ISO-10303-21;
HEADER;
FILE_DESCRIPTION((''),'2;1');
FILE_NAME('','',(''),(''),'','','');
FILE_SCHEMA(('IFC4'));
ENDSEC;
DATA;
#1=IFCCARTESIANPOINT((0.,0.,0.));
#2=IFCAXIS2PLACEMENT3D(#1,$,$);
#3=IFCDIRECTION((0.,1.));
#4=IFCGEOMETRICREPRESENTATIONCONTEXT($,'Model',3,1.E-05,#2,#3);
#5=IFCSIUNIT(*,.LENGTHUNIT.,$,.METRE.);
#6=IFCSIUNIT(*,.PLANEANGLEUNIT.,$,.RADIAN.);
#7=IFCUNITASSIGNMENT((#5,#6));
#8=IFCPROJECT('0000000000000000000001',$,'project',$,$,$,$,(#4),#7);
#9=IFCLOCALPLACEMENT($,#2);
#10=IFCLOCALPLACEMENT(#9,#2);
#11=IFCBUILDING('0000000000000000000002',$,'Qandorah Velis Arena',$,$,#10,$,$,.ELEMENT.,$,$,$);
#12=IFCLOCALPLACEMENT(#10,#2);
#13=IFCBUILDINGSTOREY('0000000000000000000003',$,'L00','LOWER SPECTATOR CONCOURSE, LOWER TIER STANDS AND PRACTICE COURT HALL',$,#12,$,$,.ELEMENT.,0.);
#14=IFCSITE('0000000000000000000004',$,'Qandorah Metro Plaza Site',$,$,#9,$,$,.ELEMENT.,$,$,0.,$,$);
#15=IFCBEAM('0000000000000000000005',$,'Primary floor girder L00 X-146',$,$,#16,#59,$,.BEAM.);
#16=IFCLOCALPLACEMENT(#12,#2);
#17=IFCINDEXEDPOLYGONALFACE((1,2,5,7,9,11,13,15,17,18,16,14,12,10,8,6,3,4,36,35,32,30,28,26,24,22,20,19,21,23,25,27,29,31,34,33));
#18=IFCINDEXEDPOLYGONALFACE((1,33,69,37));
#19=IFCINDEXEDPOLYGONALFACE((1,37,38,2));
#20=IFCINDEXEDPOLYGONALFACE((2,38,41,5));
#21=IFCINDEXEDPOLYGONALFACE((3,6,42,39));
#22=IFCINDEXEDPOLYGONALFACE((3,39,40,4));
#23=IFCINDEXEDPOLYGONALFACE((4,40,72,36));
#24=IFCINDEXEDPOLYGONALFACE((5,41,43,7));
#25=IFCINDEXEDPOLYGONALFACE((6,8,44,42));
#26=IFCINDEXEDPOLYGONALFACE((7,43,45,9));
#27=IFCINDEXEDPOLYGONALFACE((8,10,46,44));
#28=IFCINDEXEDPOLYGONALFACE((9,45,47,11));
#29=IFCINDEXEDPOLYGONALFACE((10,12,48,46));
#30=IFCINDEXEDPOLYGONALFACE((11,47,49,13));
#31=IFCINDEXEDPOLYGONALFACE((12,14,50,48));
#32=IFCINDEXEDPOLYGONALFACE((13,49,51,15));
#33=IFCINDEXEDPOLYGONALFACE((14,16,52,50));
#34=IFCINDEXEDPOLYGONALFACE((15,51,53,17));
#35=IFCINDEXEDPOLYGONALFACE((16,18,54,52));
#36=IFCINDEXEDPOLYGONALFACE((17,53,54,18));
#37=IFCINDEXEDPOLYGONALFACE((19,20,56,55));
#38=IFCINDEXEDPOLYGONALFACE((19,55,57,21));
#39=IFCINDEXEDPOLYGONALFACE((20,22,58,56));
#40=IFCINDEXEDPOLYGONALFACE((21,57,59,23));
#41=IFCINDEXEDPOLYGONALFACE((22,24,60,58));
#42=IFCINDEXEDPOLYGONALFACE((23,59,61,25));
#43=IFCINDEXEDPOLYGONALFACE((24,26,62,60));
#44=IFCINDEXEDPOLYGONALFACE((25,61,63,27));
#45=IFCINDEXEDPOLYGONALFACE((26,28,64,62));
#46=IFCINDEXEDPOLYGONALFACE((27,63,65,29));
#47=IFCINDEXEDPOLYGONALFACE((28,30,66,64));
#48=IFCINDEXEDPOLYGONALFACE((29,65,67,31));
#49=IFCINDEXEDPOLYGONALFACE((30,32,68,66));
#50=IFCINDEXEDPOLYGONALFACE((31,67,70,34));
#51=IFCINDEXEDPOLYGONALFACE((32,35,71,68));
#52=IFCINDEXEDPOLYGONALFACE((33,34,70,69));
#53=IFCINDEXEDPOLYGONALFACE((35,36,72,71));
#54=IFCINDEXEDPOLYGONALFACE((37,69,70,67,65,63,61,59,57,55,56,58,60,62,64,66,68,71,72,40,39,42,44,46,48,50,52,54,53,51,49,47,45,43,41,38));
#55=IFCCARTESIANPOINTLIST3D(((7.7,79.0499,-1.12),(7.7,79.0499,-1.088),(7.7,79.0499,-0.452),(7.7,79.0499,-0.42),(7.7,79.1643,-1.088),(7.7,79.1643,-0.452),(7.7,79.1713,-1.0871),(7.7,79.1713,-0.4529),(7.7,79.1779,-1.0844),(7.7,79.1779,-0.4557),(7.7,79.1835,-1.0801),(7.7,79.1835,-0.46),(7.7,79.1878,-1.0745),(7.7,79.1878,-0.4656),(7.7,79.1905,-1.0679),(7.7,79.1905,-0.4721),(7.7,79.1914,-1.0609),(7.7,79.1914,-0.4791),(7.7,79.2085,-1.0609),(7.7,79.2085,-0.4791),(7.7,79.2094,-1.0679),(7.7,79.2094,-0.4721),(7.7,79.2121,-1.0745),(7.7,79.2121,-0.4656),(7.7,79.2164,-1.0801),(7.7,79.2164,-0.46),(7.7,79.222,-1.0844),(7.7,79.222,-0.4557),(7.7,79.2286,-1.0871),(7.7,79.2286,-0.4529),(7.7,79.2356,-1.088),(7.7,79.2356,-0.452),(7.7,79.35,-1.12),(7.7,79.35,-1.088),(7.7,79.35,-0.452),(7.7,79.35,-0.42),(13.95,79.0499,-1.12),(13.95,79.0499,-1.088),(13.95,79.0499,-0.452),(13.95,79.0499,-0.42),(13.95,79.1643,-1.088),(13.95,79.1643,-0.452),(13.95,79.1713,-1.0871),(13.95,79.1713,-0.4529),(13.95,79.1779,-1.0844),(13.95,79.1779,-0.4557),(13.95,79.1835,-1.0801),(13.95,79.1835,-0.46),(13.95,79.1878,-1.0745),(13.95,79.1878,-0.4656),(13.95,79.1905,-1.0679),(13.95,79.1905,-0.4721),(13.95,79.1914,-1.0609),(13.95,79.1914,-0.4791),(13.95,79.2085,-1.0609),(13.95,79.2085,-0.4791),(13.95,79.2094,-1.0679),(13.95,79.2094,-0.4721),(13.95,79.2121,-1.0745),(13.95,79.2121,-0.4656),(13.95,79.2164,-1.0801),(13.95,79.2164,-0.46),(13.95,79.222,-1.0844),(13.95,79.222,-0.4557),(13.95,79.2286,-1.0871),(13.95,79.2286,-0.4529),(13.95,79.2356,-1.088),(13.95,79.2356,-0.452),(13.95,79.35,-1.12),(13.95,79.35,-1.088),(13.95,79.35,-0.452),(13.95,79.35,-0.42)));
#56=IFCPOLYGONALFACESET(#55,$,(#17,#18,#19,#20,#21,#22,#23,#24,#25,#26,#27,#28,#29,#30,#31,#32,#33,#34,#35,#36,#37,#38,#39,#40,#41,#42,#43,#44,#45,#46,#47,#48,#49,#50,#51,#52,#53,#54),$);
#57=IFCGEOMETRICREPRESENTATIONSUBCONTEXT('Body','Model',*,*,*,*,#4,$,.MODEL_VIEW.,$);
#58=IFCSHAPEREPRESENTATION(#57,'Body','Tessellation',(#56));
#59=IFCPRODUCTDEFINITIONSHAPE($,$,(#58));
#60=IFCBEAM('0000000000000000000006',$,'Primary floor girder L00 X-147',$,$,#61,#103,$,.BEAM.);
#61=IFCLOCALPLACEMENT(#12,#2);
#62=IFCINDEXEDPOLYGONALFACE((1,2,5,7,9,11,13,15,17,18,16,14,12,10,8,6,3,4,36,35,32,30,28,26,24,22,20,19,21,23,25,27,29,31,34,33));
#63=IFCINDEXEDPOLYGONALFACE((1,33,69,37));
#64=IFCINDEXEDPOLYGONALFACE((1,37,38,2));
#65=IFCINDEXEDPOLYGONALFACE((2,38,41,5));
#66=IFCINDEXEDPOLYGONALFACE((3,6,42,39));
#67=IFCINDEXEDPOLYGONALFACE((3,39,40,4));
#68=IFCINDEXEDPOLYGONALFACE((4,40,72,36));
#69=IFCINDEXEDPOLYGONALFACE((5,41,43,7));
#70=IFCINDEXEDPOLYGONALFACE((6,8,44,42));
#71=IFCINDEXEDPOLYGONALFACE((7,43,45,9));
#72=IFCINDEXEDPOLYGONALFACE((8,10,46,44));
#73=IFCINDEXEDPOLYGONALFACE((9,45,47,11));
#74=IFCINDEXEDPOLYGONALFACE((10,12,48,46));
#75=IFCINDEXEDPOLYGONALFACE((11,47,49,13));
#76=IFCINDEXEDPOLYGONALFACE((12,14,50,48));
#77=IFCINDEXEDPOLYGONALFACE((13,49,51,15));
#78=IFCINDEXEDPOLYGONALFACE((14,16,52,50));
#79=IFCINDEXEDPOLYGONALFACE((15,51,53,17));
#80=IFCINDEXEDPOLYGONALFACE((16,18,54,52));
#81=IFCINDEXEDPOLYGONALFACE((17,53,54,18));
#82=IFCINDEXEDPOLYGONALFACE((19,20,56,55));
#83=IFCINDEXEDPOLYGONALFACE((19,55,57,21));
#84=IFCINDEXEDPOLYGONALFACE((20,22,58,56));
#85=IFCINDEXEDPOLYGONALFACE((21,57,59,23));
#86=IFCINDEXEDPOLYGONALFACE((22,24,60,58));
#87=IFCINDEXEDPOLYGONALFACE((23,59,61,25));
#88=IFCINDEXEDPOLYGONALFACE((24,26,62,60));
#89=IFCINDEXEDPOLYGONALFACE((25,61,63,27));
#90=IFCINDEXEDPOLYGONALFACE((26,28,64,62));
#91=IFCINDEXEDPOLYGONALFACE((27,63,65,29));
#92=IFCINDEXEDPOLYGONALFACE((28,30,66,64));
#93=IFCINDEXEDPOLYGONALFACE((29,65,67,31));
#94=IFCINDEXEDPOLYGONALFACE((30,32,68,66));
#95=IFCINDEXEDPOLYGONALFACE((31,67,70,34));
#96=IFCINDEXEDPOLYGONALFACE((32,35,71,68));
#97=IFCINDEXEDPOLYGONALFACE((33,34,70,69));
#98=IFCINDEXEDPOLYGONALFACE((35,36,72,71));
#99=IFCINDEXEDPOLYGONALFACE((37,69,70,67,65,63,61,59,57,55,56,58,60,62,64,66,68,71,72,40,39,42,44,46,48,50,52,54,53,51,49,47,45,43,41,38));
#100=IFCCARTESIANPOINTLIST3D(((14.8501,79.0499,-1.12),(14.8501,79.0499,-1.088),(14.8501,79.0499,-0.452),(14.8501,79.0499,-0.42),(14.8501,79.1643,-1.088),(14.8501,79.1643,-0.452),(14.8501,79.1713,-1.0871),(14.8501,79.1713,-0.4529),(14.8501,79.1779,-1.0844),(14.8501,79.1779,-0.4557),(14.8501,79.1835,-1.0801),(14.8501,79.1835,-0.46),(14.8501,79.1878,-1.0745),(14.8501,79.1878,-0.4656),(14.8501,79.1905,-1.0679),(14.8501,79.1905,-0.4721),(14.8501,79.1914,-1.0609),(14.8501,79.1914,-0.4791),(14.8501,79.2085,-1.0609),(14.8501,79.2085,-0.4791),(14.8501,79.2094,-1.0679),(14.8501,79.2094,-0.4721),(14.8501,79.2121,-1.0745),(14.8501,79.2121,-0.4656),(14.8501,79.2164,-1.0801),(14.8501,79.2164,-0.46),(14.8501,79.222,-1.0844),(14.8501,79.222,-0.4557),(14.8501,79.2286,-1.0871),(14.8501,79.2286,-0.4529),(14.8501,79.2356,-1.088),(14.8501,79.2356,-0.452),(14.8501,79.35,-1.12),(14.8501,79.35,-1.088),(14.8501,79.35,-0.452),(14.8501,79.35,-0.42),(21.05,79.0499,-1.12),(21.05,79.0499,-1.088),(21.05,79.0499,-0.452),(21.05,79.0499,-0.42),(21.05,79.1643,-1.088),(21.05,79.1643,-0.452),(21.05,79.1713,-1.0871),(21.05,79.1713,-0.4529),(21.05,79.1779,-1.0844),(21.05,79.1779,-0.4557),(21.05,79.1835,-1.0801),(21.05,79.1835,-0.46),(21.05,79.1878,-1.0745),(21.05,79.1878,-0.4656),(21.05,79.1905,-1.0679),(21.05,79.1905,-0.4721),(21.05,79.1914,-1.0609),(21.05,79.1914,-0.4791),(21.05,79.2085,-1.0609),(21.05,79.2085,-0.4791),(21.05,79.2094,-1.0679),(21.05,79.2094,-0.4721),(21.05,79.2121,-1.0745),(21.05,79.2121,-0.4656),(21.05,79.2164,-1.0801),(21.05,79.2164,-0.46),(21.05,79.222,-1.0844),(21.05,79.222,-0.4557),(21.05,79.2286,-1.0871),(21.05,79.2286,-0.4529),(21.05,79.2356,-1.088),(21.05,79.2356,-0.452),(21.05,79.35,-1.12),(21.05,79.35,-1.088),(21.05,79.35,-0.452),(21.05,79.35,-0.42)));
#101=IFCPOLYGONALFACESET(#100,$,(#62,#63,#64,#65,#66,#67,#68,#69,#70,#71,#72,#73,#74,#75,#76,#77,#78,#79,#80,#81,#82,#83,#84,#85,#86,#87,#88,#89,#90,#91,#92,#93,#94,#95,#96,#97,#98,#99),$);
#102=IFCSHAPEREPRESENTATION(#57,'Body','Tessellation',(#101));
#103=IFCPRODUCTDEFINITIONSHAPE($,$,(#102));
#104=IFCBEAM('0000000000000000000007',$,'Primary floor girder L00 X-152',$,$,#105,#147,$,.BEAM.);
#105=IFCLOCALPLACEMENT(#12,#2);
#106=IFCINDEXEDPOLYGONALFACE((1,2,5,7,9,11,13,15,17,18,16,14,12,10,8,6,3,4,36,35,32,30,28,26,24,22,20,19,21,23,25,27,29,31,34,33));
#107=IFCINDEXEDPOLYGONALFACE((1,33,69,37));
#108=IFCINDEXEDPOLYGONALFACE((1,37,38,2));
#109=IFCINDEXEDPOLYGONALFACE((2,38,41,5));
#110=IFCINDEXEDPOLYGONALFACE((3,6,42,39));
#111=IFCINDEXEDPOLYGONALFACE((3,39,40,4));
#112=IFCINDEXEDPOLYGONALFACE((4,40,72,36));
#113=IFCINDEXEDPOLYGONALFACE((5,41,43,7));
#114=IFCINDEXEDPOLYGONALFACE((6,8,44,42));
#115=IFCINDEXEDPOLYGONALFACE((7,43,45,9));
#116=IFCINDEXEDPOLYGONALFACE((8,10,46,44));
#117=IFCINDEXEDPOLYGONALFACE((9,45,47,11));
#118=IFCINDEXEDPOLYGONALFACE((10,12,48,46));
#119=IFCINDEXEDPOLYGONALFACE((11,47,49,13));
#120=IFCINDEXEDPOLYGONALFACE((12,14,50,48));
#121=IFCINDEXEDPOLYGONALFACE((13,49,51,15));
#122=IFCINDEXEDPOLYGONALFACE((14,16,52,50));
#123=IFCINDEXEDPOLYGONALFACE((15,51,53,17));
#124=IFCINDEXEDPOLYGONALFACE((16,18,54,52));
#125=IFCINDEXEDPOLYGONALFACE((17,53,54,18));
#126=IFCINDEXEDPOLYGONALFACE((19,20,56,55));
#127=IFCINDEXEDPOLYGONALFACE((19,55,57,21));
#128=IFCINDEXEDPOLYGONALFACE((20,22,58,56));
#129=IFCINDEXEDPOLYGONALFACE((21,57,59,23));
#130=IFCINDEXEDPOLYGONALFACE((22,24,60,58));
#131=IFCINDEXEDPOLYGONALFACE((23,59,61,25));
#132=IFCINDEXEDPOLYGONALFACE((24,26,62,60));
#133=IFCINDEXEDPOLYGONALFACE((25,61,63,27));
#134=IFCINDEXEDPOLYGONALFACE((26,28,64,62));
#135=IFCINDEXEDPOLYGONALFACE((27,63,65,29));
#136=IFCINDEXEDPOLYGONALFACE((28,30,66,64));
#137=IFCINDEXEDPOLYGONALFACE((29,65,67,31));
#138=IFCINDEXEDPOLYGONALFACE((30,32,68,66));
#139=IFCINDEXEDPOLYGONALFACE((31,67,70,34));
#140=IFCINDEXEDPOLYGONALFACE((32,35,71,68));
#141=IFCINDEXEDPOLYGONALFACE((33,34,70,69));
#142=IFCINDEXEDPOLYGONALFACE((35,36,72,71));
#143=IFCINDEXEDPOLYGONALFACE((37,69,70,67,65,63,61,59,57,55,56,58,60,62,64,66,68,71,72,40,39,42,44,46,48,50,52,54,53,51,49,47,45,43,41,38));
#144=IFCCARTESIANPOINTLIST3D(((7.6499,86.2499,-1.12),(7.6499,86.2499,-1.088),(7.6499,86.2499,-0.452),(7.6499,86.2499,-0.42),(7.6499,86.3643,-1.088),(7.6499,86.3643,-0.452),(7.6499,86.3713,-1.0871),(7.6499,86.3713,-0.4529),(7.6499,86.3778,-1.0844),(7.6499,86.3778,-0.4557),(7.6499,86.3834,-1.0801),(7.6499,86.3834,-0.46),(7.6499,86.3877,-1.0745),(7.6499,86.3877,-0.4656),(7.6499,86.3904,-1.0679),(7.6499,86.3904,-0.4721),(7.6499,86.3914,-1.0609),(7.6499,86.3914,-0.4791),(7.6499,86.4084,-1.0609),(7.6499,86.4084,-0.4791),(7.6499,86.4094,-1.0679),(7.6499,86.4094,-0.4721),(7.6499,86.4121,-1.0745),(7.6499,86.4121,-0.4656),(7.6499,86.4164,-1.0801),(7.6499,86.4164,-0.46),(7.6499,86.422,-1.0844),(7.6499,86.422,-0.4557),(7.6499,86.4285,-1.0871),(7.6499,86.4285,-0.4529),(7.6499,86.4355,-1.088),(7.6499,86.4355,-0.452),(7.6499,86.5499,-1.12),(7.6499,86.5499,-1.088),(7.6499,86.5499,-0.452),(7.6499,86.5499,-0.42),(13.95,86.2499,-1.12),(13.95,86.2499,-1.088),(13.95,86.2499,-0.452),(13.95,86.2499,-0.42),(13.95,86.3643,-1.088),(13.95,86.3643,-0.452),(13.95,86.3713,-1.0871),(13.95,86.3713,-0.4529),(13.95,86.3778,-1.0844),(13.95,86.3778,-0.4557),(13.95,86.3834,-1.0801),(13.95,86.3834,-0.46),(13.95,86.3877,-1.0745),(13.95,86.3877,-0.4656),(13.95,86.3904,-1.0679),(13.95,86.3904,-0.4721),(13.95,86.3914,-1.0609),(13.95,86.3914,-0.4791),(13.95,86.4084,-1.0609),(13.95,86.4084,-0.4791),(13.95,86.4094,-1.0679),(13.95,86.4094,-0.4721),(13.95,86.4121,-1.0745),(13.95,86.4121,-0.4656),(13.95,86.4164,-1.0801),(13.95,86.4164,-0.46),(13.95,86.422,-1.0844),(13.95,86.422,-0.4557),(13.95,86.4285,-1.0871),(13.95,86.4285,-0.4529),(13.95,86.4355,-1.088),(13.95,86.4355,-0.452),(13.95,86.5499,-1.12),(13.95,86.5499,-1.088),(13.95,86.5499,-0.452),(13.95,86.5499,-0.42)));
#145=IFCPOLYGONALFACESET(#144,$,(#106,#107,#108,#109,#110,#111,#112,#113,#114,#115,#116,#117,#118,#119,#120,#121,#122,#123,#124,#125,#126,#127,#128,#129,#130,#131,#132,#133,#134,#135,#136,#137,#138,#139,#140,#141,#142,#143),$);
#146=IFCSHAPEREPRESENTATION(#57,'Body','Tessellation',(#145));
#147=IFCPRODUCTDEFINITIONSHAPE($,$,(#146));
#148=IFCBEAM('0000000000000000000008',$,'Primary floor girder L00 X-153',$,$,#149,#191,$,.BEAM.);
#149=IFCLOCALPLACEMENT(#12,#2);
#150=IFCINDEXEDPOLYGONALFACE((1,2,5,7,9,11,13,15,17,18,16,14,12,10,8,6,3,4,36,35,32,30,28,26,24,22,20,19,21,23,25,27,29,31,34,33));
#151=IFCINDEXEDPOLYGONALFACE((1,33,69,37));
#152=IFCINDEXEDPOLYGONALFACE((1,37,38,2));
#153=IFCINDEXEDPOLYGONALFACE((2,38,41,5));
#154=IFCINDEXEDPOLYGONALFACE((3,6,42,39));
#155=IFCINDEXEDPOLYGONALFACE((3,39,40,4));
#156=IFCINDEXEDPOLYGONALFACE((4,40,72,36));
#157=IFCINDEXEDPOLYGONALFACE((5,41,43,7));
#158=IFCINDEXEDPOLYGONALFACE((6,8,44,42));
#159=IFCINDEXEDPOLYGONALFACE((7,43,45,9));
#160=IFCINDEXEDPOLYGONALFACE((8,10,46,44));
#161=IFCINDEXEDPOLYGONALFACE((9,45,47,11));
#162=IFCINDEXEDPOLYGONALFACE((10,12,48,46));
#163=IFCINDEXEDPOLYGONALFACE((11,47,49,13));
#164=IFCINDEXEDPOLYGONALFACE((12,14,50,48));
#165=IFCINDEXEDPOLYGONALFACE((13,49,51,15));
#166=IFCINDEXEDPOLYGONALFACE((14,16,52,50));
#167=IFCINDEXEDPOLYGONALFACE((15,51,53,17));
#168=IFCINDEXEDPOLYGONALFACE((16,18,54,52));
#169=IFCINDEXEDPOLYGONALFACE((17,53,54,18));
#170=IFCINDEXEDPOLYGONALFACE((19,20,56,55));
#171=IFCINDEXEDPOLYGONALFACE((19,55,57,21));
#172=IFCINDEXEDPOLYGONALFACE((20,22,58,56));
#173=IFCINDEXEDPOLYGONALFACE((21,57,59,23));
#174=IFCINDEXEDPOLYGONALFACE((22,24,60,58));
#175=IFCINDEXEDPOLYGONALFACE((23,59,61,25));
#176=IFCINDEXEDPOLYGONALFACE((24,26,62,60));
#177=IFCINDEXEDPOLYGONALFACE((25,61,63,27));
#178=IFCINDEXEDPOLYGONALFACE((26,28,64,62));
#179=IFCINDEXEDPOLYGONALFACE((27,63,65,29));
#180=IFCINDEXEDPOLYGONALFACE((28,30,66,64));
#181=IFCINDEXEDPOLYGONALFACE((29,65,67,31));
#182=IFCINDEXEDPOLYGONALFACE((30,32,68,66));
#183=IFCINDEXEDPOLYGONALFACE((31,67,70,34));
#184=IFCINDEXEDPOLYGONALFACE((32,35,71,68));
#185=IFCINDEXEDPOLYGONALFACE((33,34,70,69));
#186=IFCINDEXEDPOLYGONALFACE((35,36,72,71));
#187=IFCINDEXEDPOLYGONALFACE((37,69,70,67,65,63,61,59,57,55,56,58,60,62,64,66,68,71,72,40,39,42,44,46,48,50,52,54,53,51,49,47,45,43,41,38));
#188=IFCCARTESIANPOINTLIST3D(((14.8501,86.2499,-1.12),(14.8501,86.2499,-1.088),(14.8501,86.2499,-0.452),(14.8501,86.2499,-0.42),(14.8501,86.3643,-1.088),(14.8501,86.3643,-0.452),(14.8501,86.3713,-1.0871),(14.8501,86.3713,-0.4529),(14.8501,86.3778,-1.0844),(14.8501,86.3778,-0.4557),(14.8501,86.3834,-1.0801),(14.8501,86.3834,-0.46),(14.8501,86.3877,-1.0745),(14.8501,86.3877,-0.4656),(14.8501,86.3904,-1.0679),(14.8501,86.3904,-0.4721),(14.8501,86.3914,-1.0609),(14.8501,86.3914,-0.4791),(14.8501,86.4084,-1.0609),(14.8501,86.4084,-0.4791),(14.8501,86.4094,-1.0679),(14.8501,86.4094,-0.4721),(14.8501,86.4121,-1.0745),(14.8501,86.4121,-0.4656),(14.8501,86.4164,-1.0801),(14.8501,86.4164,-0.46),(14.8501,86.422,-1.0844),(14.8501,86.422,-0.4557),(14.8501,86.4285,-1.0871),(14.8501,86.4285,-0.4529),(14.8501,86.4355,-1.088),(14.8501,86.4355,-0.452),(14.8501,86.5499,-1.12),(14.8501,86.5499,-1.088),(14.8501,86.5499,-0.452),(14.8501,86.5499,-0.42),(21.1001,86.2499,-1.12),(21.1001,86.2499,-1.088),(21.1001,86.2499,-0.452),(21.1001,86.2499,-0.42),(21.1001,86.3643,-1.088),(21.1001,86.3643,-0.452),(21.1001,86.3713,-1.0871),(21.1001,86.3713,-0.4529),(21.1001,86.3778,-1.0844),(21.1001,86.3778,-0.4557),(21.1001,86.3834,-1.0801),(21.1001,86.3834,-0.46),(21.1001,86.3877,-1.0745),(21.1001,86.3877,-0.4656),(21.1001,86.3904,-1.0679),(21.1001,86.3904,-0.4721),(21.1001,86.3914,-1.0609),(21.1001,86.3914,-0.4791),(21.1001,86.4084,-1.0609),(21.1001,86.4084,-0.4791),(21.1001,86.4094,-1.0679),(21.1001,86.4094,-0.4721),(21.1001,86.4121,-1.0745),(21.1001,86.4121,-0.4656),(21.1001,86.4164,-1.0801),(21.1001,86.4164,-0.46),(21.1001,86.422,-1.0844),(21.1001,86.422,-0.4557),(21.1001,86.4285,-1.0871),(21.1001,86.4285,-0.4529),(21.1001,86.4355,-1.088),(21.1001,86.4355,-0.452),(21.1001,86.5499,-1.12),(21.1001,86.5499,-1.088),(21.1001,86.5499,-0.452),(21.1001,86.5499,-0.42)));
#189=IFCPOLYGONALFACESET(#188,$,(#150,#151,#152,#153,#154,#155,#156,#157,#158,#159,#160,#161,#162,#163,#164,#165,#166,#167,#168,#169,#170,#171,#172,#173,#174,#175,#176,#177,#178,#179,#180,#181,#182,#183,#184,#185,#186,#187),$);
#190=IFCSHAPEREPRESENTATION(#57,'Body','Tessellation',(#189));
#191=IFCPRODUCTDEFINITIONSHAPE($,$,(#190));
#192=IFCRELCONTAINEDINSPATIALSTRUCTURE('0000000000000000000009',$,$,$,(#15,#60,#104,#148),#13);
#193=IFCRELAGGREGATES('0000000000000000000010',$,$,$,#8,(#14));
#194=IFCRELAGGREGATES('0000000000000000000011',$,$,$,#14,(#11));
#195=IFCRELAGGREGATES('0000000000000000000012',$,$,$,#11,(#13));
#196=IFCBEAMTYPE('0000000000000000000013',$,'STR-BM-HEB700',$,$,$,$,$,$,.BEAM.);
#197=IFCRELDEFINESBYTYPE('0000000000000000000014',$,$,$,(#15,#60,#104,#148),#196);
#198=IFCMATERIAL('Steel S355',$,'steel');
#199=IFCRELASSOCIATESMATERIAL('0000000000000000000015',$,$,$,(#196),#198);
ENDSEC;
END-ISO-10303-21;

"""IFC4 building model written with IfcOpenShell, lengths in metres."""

from ifc_helpers import new_model, si_unit, direction, frame, origin, origin_2d, place, context, subcontext, project, spatial, i_section, extrude, material, material_profile, profile_set, type_object, element, save


model = new_model("IFC4")

# Units and contexts
model_context = context("Model", 3, precision=1e-05, world=origin(), true_north=direction((0.0, 1.0)))
body_context = subcontext(model_context, "Body", "Model", "MODEL_VIEW")
ifc_project = project(units=[si_unit("LENGTHUNIT", "METRE"), si_unit("PLANEANGLEUNIT", "RADIAN")], contexts=[model_context])

# Site, building, storey
site_placement = place(None, origin())
site = spatial("IfcSite", under=ifc_project, at=site_placement, Name="Qandorah Metro Plaza Site", CompositionType="ELEMENT", RefElevation=0.0)
building_placement = place(site_placement, origin())
building = spatial("IfcBuilding", under=site, at=building_placement, Name="Qandorah Velis Arena", CompositionType="ELEMENT")
storey_placement = place(building_placement, origin())
storey = spatial("IfcBuildingStorey", under=building, at=storey_placement, Name="L00", Description="LOWER SPECTATOR CONCOURSE, LOWER TIER STANDS AND PRACTICE COURT HALL", CompositionType="ELEMENT", Elevation=0.0)

# Beams
ifc_material_1 = material(Name="Steel S355", Category="steel")
ifc_material_profile_1 = material_profile(ifc_material_1, i_section(OverallWidth=0.3, OverallDepth=0.7, WebThickness=0.0171, FlangeThickness=0.032, FilletRadius=0.0271, at=origin_2d()), Name="HEB 700")
ifc_profile_set_1 = profile_set([ifc_material_profile_1], Name="Steel S355")
beam_type_1 = type_object("IfcBeamType", Name="STR-BM-HEB700", PredefinedType="BEAM", material=ifc_profile_set_1)
beam_1_placement = place(storey_placement, frame((7.7, 79.2, -0.77), z_axis=(1.0, 0.0, 0.0), x_axis=(0.0, 1.0, 0.0)))
element("IfcBeam", 1, at=beam_1_placement, inside=storey, type_object=beam_type_1, Name="Primary floor girder L00 X-146", PredefinedType="BEAM", context=body_context, shape_type="SweptSolid", body=[
    extrude(i_section(OverallWidth=0.3, OverallDepth=0.7, WebThickness=0.0171, FlangeThickness=0.032, FilletRadius=0.0271, at=origin_2d()), origin(), (0.0, 0.0, 1.0), 6.25),
])
beam_2_placement = place(storey_placement, frame((14.8501, 79.2, -0.77), z_axis=(1.0, 0.0, 0.0), x_axis=(0.0, 1.0, 0.0)))
element("IfcBeam", 2, at=beam_2_placement, inside=storey, type_object=beam_type_1, Name="Primary floor girder L00 X-147", PredefinedType="BEAM", context=body_context, shape_type="SweptSolid", body=[
    extrude(i_section(OverallWidth=0.3, OverallDepth=0.7, WebThickness=0.0171, FlangeThickness=0.032, FilletRadius=0.0271, at=origin_2d()), origin(), (0.0, 0.0, 1.0), 6.2),
])
beam_3_placement = place(storey_placement, frame((7.6499, 86.3999, -0.77), z_axis=(1.0, 0.0, 0.0), x_axis=(0.0, 1.0, 0.0)))
element("IfcBeam", 3, at=beam_3_placement, inside=storey, type_object=beam_type_1, Name="Primary floor girder L00 X-152", PredefinedType="BEAM", context=body_context, shape_type="SweptSolid", body=[
    extrude(i_section(OverallWidth=0.3, OverallDepth=0.7, WebThickness=0.0171, FlangeThickness=0.032, FilletRadius=0.0271, at=origin_2d()), origin(), (0.0, 0.0, 1.0), 6.3),
])
beam_4_placement = place(storey_placement, frame((14.8501, 86.3999, -0.77), z_axis=(1.0, 0.0, 0.0), x_axis=(0.0, 1.0, 0.0)))
element("IfcBeam", 4, at=beam_4_placement, inside=storey, type_object=beam_type_1, Name="Primary floor girder L00 X-153", PredefinedType="BEAM", context=body_context, shape_type="SweptSolid", body=[
    extrude(i_section(OverallWidth=0.3, OverallDepth=0.7, WebThickness=0.0171, FlangeThickness=0.032, FilletRadius=0.0271, at=origin_2d()), origin(), (0.0, 0.0, 1.0), 6.25),
])

save(model, "model.ifc")
